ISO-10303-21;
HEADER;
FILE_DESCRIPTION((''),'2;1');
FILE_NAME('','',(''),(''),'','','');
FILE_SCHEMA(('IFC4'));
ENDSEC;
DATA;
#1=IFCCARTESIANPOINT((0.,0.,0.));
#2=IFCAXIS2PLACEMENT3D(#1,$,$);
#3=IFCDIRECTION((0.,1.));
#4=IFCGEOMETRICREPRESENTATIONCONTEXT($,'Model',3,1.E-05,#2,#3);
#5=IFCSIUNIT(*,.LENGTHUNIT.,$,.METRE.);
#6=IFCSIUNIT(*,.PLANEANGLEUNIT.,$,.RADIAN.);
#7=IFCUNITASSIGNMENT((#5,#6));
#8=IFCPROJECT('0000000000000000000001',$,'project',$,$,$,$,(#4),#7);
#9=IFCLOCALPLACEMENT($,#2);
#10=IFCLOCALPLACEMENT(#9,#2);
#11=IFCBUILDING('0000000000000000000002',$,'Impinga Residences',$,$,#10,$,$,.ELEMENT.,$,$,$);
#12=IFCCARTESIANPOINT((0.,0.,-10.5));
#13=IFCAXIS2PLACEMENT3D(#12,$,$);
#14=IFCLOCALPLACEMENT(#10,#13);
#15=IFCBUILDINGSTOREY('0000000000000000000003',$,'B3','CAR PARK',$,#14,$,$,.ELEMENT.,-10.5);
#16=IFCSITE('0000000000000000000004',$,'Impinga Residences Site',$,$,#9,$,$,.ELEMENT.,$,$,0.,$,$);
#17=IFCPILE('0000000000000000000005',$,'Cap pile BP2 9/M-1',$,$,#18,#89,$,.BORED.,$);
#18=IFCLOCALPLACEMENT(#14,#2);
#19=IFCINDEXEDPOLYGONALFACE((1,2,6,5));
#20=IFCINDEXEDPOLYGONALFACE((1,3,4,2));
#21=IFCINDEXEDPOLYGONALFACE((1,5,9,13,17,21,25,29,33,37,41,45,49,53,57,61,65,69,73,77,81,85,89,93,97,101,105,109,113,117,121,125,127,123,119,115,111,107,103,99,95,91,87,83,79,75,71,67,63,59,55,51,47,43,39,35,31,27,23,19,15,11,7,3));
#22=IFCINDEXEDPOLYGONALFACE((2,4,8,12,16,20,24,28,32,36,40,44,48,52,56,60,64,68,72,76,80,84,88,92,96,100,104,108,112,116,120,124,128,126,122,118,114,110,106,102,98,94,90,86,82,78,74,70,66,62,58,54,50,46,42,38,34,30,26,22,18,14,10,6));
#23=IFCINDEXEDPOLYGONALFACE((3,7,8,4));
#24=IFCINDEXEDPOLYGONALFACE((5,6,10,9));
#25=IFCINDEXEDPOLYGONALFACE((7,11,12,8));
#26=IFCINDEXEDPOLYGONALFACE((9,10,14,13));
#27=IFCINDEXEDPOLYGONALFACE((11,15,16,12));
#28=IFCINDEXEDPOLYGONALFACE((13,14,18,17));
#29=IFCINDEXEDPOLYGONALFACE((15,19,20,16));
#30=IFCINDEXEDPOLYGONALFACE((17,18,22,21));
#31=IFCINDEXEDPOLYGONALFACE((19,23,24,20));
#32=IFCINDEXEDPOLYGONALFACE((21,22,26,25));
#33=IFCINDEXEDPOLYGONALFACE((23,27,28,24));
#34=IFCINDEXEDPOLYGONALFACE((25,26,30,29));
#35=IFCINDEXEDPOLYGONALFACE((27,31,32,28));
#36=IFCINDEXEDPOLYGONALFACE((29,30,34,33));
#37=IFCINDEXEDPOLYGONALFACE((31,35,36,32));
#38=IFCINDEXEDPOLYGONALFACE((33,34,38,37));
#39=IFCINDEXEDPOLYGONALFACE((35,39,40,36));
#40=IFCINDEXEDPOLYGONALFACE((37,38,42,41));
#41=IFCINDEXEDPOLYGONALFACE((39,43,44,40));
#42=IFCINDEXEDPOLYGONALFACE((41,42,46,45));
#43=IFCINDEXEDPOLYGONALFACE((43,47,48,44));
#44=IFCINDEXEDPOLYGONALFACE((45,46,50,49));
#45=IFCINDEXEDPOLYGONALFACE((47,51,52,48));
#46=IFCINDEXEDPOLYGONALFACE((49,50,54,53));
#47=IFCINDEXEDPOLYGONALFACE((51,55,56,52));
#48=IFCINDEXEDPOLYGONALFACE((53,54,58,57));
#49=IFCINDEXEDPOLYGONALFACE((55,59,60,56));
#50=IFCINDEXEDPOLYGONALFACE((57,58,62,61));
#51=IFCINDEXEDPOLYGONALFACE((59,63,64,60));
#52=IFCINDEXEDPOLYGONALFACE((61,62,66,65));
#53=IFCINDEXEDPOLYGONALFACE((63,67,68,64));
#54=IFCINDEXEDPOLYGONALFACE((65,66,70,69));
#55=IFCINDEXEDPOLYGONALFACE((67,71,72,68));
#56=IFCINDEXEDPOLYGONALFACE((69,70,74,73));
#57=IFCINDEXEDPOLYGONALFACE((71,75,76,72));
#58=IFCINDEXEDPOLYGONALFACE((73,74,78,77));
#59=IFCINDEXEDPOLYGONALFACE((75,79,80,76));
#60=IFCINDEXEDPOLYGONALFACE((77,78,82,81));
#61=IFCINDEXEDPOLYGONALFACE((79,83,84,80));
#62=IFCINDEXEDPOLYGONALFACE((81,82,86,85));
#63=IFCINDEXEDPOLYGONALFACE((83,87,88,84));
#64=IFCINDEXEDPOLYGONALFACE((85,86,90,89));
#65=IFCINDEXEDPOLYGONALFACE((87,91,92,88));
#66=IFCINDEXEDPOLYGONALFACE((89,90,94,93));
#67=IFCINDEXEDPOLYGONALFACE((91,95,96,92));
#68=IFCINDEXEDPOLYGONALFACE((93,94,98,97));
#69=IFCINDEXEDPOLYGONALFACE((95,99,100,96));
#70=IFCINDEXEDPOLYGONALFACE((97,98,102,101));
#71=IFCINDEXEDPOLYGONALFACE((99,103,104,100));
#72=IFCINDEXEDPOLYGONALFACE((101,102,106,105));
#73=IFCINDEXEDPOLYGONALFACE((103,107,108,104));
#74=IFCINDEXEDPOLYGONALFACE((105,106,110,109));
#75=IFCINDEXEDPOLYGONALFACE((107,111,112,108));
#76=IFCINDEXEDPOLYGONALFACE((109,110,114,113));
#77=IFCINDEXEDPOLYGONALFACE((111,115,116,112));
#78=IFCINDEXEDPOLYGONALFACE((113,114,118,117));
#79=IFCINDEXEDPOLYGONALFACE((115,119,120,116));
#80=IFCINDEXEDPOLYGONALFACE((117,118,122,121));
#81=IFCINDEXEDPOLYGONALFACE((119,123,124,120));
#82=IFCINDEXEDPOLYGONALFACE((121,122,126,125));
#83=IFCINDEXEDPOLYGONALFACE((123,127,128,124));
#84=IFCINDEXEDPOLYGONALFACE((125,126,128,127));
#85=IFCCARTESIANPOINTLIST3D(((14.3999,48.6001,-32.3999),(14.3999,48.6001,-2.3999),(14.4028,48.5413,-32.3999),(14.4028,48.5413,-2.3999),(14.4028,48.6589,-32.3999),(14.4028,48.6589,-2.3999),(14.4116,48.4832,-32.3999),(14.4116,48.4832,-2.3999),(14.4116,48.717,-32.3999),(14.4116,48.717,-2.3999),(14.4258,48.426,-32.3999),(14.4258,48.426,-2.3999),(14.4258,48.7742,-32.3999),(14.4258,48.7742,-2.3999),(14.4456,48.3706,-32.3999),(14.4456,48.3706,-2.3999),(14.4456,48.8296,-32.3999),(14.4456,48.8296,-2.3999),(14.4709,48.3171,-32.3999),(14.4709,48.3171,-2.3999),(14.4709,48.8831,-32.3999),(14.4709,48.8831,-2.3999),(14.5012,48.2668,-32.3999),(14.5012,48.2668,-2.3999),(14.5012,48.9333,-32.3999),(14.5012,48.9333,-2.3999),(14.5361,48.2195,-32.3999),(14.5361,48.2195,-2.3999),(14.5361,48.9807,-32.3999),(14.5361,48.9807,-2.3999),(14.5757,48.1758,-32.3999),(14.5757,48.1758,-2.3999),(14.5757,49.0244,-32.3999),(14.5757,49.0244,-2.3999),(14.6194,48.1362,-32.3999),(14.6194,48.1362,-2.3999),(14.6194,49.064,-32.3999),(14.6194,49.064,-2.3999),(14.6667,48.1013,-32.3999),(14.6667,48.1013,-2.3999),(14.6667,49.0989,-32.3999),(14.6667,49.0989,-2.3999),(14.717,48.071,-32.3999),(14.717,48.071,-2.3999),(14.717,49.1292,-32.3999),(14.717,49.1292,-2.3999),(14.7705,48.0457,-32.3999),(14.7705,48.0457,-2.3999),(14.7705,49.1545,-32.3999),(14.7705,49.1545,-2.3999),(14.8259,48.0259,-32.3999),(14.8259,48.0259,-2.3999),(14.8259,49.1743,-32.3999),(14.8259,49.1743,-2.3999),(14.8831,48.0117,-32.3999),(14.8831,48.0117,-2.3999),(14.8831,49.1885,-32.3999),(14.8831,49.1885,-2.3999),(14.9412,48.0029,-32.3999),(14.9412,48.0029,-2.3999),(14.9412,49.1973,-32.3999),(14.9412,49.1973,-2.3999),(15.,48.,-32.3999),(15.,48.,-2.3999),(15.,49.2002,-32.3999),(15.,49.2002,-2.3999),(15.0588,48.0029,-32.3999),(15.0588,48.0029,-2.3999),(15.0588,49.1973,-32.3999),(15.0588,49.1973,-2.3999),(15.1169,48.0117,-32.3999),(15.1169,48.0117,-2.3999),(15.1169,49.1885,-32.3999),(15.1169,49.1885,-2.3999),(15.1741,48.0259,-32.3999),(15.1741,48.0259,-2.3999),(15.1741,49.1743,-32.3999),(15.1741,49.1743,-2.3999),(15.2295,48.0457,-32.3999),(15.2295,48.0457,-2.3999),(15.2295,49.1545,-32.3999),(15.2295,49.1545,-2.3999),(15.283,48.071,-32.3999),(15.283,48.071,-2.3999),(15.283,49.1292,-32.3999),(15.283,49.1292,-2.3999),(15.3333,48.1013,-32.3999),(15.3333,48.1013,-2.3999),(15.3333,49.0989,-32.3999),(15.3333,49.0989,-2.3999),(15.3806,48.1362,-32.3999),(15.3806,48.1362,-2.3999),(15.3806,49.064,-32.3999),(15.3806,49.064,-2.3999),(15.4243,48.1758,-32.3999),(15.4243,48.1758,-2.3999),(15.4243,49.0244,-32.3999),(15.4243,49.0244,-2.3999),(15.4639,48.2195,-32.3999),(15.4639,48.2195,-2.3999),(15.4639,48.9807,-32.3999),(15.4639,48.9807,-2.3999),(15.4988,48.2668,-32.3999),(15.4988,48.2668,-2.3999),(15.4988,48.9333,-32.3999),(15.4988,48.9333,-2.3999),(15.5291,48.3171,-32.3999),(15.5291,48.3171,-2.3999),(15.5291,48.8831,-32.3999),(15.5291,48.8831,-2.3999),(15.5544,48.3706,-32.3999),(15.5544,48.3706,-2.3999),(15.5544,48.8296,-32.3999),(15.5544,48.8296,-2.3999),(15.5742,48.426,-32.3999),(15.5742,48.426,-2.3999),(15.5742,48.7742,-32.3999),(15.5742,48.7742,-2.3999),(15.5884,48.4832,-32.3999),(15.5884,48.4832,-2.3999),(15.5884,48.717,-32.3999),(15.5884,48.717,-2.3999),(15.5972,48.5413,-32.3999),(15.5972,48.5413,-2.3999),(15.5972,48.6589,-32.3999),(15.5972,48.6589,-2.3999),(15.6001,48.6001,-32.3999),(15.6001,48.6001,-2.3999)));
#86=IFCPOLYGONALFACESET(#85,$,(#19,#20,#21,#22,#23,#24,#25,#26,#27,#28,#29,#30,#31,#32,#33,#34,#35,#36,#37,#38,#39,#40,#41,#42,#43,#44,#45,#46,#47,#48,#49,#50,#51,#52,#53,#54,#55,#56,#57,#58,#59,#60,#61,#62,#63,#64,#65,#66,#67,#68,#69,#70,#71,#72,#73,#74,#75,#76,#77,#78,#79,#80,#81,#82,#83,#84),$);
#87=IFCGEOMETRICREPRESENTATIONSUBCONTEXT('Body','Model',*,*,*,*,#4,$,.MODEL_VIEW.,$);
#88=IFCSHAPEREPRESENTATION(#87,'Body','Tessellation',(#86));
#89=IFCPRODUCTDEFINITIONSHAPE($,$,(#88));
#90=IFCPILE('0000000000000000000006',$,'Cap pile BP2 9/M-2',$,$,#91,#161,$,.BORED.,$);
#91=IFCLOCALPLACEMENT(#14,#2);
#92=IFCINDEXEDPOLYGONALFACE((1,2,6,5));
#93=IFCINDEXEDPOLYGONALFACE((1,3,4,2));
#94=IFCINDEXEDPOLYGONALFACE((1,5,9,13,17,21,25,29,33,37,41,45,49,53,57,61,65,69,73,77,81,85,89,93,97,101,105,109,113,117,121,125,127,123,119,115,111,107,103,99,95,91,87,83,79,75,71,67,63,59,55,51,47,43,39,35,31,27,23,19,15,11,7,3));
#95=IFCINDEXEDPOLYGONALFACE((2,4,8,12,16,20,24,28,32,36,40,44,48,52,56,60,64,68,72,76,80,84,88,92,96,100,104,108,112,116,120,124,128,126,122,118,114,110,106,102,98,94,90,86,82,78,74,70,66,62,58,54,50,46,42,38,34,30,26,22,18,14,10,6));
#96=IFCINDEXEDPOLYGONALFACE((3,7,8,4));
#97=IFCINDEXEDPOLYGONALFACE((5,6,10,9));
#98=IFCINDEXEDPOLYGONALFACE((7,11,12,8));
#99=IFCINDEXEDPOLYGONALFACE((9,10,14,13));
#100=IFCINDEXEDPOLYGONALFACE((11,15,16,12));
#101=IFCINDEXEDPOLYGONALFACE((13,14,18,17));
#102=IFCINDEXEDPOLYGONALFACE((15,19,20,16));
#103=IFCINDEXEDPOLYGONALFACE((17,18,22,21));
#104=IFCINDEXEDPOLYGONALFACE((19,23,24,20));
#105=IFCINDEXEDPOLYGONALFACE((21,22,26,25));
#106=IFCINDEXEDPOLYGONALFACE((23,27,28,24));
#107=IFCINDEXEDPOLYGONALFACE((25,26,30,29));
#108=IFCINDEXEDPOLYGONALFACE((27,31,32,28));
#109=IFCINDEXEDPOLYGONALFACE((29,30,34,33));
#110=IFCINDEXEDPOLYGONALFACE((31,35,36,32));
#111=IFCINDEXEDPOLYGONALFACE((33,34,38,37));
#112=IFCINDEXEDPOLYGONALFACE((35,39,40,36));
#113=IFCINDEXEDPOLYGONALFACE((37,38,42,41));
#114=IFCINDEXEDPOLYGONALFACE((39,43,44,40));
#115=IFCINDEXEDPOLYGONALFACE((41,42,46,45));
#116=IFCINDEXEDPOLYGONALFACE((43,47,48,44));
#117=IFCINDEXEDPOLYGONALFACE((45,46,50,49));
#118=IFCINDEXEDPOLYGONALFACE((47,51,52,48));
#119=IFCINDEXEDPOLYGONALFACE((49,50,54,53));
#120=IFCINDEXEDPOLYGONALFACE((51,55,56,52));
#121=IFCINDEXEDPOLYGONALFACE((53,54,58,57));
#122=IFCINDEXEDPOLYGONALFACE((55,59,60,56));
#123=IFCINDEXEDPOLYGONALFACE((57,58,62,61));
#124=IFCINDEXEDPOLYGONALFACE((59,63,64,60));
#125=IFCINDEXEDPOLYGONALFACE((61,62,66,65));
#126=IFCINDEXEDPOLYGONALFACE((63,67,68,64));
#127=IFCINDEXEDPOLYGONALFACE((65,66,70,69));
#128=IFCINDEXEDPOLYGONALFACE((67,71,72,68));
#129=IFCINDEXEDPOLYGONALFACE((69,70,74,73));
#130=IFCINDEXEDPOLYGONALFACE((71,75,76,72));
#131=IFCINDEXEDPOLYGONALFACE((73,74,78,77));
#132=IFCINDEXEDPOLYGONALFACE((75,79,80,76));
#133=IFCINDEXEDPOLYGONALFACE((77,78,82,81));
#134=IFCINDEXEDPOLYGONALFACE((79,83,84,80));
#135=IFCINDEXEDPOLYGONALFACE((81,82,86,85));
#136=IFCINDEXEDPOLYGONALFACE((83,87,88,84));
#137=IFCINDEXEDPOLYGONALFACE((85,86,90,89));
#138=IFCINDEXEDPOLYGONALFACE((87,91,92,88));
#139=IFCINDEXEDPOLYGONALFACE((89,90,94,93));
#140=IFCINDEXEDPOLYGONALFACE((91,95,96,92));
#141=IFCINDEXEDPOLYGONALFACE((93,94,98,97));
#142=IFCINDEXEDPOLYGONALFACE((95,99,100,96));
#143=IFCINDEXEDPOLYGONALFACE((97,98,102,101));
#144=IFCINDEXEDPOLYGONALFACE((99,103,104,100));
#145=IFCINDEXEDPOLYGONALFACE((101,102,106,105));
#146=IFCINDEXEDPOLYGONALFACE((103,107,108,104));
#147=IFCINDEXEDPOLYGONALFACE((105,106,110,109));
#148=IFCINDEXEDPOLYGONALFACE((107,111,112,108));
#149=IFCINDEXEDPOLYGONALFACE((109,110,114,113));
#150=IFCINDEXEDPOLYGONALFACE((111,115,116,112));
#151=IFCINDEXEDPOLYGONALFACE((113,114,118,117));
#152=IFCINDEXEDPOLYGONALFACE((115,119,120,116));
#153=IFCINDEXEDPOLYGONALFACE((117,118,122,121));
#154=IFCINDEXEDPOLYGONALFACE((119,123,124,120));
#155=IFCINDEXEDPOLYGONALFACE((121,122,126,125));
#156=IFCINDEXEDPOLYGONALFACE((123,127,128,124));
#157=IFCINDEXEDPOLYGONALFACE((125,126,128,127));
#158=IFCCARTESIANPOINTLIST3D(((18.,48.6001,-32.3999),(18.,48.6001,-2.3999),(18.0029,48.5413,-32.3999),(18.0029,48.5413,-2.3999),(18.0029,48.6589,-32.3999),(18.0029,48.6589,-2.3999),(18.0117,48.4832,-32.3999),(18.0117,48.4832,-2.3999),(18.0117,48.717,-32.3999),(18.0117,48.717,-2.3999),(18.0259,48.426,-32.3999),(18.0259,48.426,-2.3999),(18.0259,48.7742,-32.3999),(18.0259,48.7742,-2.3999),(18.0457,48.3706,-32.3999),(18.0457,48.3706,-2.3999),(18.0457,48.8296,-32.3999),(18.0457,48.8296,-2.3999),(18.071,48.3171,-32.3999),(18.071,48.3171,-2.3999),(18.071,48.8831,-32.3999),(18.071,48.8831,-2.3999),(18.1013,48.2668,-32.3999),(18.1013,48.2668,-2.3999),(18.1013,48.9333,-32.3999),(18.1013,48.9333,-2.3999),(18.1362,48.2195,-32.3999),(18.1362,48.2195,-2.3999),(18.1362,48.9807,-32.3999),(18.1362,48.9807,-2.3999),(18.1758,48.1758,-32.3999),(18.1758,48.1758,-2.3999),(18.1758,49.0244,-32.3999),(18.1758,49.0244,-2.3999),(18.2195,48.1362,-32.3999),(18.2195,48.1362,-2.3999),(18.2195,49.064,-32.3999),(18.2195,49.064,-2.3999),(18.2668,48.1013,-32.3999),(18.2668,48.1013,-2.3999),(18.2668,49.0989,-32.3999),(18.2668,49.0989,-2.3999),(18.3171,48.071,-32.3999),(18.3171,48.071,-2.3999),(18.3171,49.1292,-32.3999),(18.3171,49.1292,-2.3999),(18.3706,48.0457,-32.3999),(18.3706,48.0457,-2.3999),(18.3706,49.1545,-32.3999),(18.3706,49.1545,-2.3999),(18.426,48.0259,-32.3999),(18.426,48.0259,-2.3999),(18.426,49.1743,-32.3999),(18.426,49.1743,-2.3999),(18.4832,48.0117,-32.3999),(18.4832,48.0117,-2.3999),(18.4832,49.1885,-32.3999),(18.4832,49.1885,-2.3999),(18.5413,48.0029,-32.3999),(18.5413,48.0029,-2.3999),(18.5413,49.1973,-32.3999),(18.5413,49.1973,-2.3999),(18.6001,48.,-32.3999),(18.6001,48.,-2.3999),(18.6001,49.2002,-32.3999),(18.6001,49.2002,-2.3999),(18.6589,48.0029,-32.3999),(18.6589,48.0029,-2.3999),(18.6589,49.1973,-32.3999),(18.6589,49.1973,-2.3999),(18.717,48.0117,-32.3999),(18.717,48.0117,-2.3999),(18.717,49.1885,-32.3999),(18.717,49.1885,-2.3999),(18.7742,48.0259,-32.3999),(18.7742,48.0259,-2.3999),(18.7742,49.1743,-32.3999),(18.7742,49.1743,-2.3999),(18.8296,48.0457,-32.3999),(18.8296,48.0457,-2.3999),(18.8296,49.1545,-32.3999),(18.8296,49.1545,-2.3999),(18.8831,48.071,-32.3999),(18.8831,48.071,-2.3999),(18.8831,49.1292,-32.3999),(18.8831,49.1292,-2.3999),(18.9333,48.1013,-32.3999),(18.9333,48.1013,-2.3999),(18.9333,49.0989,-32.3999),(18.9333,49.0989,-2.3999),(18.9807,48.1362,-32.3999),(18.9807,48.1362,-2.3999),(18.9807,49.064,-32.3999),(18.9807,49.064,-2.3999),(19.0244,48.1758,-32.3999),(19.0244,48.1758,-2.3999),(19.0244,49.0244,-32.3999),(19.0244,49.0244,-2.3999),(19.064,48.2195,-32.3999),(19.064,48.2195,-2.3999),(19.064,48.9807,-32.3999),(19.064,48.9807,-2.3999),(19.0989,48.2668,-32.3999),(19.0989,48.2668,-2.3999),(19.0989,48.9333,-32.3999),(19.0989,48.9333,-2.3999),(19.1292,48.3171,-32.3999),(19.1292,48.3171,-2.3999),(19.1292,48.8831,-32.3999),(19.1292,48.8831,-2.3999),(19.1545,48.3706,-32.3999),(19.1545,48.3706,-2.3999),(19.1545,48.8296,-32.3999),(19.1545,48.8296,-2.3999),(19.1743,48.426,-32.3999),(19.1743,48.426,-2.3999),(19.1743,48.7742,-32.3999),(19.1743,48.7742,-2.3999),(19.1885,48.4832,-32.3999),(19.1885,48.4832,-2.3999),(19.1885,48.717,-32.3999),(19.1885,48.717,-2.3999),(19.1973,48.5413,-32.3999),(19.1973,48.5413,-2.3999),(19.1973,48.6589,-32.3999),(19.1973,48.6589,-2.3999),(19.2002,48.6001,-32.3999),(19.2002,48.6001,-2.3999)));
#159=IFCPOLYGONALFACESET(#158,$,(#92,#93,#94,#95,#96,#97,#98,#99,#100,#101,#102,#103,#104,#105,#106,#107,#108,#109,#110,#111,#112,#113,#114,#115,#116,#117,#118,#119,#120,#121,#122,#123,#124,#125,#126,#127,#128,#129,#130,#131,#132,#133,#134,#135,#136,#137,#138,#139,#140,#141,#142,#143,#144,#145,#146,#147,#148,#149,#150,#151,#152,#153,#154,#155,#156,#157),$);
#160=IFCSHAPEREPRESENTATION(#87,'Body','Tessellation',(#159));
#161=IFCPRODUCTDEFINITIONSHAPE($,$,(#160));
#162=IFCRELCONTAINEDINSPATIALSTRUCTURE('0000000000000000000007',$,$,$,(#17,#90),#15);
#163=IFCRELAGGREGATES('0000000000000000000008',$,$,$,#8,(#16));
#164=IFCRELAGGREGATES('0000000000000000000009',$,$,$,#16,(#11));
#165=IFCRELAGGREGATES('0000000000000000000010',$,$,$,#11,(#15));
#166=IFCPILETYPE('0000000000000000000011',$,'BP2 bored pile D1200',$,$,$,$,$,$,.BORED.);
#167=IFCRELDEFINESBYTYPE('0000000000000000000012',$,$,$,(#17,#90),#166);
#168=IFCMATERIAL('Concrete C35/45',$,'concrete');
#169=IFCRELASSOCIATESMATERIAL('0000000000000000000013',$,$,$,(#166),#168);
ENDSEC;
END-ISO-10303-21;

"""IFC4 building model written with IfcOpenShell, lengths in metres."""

from ifc_helpers import new_model, si_unit, direction, frame, origin, origin_2d, place, context, subcontext, project, spatial, polyline, circle, outline, extrude, material, material_profile, profile_set, type_object, element, save


model = new_model("IFC4")

# Units and contexts
model_context = context("Model", 3, precision=1e-05, world=origin(), true_north=direction((0.0, 1.0)))
body_context = subcontext(model_context, "Body", "Model", "MODEL_VIEW")
ifc_project = project(units=[si_unit("LENGTHUNIT", "METRE"), si_unit("PLANEANGLEUNIT", "RADIAN")], contexts=[model_context])

# Site, building, storey
site_placement = place(None, origin())
site = spatial("IfcSite", under=ifc_project, at=site_placement, Name="Impinga Residences Site", CompositionType="ELEMENT", RefElevation=0.0)
building_placement = place(site_placement, origin())
building = spatial("IfcBuilding", under=site, at=building_placement, Name="Impinga Residences", CompositionType="ELEMENT")
storey_placement = place(building_placement, frame((0.0, 0.0, -10.5)))
storey = spatial("IfcBuildingStorey", under=building, at=storey_placement, Name="B3", Description="CAR PARK", CompositionType="ELEMENT", Elevation=-10.5)

# Piles
ifc_material_1 = material(Name="Concrete C35/45", Category="concrete")
ifc_material_profile_1 = material_profile(ifc_material_1, circle(Radius=0.6001, at=origin_2d()), Name="D1200")
ifc_profile_set_1 = profile_set([ifc_material_profile_1], Name="Concrete C35/45")
pile_type_1 = type_object("IfcPileType", Name="BP2 bored pile D1200", PredefinedType="BORED", material=ifc_profile_set_1)
pile_1_placement = place(storey_placement, frame((15.0, 48.6001, -2.3999), z_axis=(0.0, 0.0, -1.0), x_axis=(1.0, 0.0, 0.0)))
element("IfcPile", 1, at=pile_1_placement, inside=storey, type_object=pile_type_1, Name="Cap pile BP2 9/M-1", PredefinedType="BORED", context=body_context, shape_type="SweptSolid", body=[
    extrude(outline(polyline([(0.6001, 0.0), (0.5972, 0.0588), (0.5884, 0.1169), (0.5742, 0.1741), (0.5544, 0.2295), (0.5291, 0.283), (0.4988, 0.3333), (0.4639, 0.3806), (0.4243, 0.4243), (0.3806, 0.4639), (0.3333, 0.4988), (0.283, 0.5291), (0.2295, 0.5544), (0.1741, 0.5742), (0.1169, 0.5884), (0.0588, 0.5972), (0.0, 0.6001), (-0.0588, 0.5972), (-0.1169, 0.5884), (-0.1741, 0.5742), (-0.2295, 0.5544), (-0.283, 0.5291), (-0.3333, 0.4988), (-0.3806, 0.4639), (-0.4243, 0.4243), (-0.4639, 0.3806), (-0.4988, 0.3333), (-0.5291, 0.283), (-0.5544, 0.2295), (-0.5742, 0.1741), (-0.5884, 0.1169), (-0.5972, 0.0588), (-0.6001, 0.0), (-0.5972, -0.0588), (-0.5884, -0.1169), (-0.5742, -0.1741), (-0.5544, -0.2295), (-0.5291, -0.283), (-0.4988, -0.3333), (-0.4639, -0.3806), (-0.4243, -0.4243), (-0.3806, -0.4639), (-0.3333, -0.4988), (-0.283, -0.5291), (-0.2295, -0.5544), (-0.1741, -0.5742), (-0.1169, -0.5884), (-0.0588, -0.5972), (0.0, -0.6001), (0.0588, -0.5972), (0.1169, -0.5884), (0.1741, -0.5742), (0.2295, -0.5544), (0.283, -0.5291), (0.3333, -0.4988), (0.3806, -0.4639), (0.4243, -0.4243), (0.4639, -0.3806), (0.4988, -0.3333), (0.5291, -0.283), (0.5544, -0.2295), (0.5742, -0.1741), (0.5884, -0.1169), (0.5972, -0.0588), (0.6001, 0.0)])), origin(), (0.0, 0.0, 1.0), 30.0),
])
pile_2_placement = place(storey_placement, frame((18.6001, 48.6001, -2.3999), z_axis=(0.0, 0.0, -1.0), x_axis=(1.0, 0.0, 0.0)))
element("IfcPile", 2, at=pile_2_placement, inside=storey, type_object=pile_type_1, Name="Cap pile BP2 9/M-2", PredefinedType="BORED", context=body_context, shape_type="SweptSolid", body=[
    extrude(outline(polyline([(0.6001, 0.0), (0.5972, 0.0588), (0.5884, 0.1169), (0.5742, 0.1741), (0.5544, 0.2295), (0.5291, 0.283), (0.4988, 0.3333), (0.4639, 0.3806), (0.4243, 0.4243), (0.3806, 0.4639), (0.3333, 0.4988), (0.283, 0.5291), (0.2295, 0.5544), (0.1741, 0.5742), (0.1169, 0.5884), (0.0588, 0.5972), (0.0, 0.6001), (-0.0588, 0.5972), (-0.1169, 0.5884), (-0.1741, 0.5742), (-0.2295, 0.5544), (-0.283, 0.5291), (-0.3333, 0.4988), (-0.3806, 0.4639), (-0.4243, 0.4243), (-0.4639, 0.3806), (-0.4988, 0.3333), (-0.5291, 0.283), (-0.5544, 0.2295), (-0.5742, 0.1741), (-0.5884, 0.1169), (-0.5972, 0.0588), (-0.6001, 0.0), (-0.5972, -0.0588), (-0.5884, -0.1169), (-0.5742, -0.1741), (-0.5544, -0.2295), (-0.5291, -0.283), (-0.4988, -0.3333), (-0.4639, -0.3806), (-0.4243, -0.4243), (-0.3806, -0.4639), (-0.3333, -0.4988), (-0.283, -0.5291), (-0.2295, -0.5544), (-0.1741, -0.5742), (-0.1169, -0.5884), (-0.0588, -0.5972), (0.0, -0.6001), (0.0588, -0.5972), (0.1169, -0.5884), (0.1741, -0.5742), (0.2295, -0.5544), (0.283, -0.5291), (0.3333, -0.4988), (0.3806, -0.4639), (0.4243, -0.4243), (0.4639, -0.3806), (0.4988, -0.3333), (0.5291, -0.283), (0.5544, -0.2295), (0.5742, -0.1741), (0.5884, -0.1169), (0.5972, -0.0588), (0.6001, 0.0)])), origin(), (0.0, 0.0, 1.0), 30.0),
])

save(model, "model.ifc")
